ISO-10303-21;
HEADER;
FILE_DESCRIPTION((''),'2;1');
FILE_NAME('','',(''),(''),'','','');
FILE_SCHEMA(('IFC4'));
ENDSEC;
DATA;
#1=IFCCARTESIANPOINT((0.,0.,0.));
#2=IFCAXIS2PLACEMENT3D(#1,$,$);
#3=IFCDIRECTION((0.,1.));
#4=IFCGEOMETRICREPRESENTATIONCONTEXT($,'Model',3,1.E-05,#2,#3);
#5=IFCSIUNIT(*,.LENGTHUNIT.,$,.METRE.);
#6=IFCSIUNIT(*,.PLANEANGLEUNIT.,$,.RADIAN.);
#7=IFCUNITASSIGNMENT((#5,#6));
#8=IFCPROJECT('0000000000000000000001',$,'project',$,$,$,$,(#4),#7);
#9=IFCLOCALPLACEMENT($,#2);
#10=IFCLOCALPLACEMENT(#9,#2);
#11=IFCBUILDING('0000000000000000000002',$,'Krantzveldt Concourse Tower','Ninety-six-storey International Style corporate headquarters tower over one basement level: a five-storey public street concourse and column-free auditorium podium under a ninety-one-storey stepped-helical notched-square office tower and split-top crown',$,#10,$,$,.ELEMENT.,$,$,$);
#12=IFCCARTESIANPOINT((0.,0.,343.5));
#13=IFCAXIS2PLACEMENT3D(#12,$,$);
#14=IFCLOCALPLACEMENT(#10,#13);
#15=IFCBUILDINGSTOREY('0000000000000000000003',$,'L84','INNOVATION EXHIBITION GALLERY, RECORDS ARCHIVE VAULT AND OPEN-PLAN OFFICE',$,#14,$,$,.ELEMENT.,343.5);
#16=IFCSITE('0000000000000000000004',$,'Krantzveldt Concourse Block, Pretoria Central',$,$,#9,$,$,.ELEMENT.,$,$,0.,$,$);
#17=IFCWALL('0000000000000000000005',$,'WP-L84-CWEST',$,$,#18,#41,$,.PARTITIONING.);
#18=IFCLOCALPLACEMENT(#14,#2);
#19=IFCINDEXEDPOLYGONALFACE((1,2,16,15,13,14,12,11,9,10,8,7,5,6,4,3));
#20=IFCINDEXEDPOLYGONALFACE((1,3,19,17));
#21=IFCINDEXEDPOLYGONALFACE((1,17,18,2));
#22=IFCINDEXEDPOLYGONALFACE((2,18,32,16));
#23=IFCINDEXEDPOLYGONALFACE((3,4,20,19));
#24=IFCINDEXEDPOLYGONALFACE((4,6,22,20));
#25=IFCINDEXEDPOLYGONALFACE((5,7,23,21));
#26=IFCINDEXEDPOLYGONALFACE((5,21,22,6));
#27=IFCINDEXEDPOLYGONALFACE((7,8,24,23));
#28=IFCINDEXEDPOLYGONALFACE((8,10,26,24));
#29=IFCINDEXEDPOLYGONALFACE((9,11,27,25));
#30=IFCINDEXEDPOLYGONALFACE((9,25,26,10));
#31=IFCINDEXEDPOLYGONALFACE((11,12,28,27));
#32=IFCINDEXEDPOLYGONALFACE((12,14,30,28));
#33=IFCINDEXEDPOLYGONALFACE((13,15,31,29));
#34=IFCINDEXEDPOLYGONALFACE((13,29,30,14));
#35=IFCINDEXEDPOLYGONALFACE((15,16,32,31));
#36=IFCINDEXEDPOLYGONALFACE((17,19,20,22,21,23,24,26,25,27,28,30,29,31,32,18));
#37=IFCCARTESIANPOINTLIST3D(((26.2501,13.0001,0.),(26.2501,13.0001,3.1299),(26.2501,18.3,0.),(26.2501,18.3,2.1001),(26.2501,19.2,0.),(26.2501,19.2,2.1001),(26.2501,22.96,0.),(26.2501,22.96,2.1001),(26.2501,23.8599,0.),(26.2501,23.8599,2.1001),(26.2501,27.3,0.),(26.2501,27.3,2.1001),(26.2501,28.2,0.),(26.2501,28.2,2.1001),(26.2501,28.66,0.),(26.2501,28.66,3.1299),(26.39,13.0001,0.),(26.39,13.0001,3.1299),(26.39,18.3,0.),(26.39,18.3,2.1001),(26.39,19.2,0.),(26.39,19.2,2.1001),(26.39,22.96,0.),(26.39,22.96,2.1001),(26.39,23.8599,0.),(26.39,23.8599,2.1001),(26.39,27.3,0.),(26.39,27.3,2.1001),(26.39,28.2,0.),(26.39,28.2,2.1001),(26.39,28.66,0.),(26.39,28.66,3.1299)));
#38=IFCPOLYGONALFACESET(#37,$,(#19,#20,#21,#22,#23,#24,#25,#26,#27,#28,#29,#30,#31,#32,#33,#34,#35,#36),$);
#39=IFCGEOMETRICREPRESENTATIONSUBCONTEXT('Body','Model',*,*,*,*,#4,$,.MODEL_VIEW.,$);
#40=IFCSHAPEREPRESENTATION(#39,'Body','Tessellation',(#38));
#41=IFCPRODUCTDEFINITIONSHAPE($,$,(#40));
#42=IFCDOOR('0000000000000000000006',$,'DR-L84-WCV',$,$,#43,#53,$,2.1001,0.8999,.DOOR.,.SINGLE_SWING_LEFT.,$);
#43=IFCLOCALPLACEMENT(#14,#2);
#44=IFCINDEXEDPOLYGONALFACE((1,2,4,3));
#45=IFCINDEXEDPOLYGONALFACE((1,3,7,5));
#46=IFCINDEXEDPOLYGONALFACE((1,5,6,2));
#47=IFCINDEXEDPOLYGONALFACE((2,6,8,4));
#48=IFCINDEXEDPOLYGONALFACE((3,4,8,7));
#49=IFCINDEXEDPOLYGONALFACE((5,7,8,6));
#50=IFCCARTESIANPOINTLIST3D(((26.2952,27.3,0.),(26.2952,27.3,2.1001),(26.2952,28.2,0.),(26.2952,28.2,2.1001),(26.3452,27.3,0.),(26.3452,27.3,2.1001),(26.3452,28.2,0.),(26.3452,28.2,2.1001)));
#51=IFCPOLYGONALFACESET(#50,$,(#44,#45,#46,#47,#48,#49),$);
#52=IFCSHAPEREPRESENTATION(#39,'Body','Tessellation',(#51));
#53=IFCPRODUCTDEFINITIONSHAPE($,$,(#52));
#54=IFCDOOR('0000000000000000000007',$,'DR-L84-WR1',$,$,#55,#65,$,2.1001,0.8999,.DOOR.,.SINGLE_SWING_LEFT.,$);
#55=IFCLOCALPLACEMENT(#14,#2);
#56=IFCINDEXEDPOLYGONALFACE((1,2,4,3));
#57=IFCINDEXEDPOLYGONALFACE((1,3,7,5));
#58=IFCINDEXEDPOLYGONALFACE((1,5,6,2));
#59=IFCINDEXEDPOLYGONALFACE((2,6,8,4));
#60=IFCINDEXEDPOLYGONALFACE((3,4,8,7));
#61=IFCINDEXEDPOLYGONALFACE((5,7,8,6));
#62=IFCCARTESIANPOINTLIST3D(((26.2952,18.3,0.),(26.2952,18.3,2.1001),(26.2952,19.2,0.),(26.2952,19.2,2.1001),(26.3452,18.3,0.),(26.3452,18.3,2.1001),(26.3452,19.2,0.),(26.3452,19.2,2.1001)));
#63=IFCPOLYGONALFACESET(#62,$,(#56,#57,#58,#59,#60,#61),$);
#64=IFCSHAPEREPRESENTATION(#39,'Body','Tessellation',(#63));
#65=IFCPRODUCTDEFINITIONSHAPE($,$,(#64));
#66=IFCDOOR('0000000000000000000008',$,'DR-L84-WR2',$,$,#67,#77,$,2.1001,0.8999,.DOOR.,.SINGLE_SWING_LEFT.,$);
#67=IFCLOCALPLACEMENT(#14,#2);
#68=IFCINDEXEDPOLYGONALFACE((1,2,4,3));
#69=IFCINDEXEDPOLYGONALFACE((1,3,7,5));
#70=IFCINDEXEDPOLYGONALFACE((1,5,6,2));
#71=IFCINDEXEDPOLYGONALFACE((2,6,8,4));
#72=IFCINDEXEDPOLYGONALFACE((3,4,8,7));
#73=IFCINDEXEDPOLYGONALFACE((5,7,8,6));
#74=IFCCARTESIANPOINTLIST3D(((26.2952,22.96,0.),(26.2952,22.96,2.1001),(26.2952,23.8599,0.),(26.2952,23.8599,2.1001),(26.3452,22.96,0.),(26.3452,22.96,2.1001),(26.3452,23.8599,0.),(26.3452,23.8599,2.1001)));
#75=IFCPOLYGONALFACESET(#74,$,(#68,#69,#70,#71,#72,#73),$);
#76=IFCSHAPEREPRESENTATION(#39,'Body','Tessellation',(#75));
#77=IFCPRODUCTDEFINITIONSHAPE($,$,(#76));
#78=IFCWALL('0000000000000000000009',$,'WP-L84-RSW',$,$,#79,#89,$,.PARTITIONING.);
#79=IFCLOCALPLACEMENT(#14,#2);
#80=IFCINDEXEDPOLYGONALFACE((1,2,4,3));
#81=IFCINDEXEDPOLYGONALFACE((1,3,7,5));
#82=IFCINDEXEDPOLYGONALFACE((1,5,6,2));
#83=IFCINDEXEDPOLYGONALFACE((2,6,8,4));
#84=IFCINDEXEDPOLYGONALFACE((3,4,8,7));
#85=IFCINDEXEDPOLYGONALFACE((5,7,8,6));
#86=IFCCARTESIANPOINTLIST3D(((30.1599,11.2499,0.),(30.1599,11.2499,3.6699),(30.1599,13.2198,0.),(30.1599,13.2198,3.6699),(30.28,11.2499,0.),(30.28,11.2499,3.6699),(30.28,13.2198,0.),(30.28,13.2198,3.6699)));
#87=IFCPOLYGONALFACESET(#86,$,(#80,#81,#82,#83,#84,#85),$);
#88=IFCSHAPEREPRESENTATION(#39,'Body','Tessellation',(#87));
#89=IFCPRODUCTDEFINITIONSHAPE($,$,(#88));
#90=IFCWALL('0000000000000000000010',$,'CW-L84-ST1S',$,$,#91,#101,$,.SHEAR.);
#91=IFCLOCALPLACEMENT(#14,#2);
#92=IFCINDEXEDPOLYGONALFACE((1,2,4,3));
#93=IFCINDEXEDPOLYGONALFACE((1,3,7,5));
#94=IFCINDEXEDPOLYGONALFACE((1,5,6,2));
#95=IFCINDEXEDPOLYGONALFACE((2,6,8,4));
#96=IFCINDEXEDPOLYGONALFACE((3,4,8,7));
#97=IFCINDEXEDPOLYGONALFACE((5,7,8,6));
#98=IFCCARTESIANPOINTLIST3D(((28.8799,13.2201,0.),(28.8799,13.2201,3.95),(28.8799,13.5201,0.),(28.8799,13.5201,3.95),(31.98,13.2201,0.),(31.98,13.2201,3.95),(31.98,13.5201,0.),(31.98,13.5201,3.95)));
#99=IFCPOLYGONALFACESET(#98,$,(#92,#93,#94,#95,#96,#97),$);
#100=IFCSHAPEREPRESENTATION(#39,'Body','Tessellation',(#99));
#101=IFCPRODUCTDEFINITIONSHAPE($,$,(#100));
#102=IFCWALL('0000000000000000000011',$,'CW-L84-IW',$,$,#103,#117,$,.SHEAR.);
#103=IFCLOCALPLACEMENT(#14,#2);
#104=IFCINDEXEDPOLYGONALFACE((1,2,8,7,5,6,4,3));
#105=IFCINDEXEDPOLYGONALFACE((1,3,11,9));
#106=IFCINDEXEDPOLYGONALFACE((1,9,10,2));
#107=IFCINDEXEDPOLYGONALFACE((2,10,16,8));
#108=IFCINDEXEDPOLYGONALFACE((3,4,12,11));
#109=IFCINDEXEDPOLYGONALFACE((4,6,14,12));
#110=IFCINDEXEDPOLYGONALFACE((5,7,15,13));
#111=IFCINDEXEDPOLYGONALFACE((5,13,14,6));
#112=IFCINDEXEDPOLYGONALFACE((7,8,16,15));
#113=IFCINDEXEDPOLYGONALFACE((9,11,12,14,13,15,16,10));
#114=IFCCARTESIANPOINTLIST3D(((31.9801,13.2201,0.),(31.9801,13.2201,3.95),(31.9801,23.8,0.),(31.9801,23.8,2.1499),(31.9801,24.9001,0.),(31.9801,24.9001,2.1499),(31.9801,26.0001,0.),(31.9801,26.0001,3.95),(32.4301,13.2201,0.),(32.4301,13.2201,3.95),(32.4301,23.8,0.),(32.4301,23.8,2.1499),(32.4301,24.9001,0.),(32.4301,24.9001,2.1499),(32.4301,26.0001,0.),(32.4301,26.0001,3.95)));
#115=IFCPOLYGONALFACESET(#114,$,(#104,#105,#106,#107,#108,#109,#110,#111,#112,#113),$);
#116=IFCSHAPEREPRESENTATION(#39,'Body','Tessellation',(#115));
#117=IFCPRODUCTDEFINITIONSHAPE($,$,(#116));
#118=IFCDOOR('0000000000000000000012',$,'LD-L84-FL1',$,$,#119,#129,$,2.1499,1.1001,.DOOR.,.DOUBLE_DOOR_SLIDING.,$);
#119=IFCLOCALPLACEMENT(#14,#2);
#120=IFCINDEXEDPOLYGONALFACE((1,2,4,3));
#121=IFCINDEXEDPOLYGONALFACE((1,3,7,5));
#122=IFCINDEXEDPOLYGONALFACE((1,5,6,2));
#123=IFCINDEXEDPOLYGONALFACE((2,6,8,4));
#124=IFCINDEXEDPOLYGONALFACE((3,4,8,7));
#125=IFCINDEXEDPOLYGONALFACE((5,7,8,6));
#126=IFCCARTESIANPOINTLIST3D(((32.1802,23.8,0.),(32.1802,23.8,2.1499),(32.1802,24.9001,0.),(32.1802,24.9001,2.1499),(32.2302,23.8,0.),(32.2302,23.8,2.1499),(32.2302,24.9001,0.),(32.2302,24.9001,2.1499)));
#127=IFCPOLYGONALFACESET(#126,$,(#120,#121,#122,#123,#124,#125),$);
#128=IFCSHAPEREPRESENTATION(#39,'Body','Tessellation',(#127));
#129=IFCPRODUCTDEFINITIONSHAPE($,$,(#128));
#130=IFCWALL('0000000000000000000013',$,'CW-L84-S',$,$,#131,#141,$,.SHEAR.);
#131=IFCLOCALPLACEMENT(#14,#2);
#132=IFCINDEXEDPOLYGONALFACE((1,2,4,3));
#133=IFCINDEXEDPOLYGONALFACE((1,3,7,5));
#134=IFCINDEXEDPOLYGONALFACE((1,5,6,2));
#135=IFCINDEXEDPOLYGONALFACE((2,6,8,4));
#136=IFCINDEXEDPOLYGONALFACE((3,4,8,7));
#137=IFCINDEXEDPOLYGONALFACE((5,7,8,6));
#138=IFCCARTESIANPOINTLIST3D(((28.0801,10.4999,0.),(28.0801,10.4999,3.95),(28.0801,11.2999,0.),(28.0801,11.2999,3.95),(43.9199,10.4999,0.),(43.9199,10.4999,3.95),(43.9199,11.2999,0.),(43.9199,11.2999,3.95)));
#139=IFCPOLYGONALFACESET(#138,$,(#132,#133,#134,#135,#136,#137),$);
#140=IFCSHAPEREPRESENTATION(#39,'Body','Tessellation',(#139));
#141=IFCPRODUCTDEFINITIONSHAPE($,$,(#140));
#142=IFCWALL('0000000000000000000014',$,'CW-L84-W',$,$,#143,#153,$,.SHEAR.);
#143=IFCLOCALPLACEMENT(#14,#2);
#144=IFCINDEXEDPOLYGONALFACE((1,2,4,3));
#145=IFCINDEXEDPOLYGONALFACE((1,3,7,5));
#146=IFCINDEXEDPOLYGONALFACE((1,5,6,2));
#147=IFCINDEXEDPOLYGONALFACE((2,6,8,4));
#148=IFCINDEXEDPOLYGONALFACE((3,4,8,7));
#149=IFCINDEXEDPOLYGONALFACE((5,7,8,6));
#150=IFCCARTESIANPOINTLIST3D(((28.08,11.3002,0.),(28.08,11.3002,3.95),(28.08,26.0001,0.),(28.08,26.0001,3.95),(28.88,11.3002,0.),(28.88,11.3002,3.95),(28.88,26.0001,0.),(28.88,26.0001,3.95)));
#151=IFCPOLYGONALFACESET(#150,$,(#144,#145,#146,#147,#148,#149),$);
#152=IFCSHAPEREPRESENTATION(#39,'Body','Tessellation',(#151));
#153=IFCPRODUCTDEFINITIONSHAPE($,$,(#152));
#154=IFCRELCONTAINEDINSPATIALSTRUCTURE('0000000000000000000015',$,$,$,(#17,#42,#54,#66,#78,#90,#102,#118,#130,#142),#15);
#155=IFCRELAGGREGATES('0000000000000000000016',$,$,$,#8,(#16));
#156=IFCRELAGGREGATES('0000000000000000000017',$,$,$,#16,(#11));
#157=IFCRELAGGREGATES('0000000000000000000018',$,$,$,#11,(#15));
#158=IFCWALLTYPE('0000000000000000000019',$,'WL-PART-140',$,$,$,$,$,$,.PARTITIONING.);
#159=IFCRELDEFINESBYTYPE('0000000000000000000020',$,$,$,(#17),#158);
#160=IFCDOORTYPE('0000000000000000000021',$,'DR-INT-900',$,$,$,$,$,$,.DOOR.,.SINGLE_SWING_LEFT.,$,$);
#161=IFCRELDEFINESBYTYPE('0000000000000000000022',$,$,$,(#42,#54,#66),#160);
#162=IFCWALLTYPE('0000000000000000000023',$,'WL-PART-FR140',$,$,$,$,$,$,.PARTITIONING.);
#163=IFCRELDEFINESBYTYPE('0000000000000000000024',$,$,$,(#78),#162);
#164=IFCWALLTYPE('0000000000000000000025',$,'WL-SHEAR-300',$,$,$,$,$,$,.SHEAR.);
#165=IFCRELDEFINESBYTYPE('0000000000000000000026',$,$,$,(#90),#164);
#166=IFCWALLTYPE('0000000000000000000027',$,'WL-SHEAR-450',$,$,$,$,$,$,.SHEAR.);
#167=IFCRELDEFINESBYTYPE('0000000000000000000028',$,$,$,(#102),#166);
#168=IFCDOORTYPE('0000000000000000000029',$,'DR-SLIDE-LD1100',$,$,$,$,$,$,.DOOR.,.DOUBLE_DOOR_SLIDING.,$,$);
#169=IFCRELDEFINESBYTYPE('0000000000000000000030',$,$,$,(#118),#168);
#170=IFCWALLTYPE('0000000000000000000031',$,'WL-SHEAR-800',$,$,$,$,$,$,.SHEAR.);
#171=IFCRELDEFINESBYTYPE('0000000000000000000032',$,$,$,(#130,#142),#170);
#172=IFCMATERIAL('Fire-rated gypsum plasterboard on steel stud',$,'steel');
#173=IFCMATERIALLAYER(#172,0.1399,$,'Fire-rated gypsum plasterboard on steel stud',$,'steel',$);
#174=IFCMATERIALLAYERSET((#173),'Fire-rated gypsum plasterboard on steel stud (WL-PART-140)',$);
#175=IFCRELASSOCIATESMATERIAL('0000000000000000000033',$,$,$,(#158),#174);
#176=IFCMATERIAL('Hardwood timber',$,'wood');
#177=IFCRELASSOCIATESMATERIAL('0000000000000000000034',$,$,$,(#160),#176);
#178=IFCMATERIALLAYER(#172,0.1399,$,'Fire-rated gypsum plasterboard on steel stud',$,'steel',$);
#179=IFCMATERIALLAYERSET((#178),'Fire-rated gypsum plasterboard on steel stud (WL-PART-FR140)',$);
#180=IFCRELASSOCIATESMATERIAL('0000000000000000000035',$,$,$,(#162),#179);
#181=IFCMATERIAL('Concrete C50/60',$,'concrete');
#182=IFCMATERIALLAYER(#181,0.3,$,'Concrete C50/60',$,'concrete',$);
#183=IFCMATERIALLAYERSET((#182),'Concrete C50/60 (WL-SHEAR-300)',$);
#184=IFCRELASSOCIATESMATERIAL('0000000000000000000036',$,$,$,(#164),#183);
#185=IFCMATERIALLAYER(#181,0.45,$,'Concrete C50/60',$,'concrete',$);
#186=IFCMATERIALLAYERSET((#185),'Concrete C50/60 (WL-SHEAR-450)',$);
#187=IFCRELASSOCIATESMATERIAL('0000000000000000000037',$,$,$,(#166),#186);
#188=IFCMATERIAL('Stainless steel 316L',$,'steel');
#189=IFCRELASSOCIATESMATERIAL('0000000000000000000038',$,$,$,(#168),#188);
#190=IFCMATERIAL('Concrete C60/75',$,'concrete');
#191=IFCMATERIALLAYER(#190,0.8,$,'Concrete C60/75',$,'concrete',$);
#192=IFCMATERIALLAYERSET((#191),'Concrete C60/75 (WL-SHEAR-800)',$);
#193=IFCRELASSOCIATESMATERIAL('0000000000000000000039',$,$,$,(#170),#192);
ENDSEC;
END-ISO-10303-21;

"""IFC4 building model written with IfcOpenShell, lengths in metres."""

from ifc_helpers import new_model, si_unit, direction, frame, frame_2d, origin, place, context, subcontext, project, spatial, rectangle, extrude, material, layer, layer_set, type_object, element, fill, save


model = new_model("IFC4")

# Units and contexts
model_context = context("Model", 3, precision=1e-05, world=origin(), true_north=direction((0.0, 1.0)))
body_context = subcontext(model_context, "Body", "Model", "MODEL_VIEW")
ifc_project = project(units=[si_unit("LENGTHUNIT", "METRE"), si_unit("PLANEANGLEUNIT", "RADIAN")], contexts=[model_context])

# Site, building, storey
site_placement = place(None, origin())
site = spatial("IfcSite", under=ifc_project, at=site_placement, Name="Krantzveldt Concourse Block, Pretoria Central", CompositionType="ELEMENT", RefElevation=0.0)
building_placement = place(site_placement, origin())
building = spatial("IfcBuilding", under=site, at=building_placement, Name="Krantzveldt Concourse Tower", Description="Ninety-six-storey International Style corporate headquarters tower over one basement level: a five-storey public street concourse and column-free auditorium podium under a ninety-one-storey stepped-helical notched-square office tower and split-top crown", CompositionType="ELEMENT")
storey_placement = place(building_placement, frame((0.0, 0.0, 343.5)))
storey = spatial("IfcBuildingStorey", under=building, at=storey_placement, Name="L84", Description="INNOVATION EXHIBITION GALLERY, RECORDS ARCHIVE VAULT AND OPEN-PLAN OFFICE", CompositionType="ELEMENT", Elevation=343.5)

# Shared definitions
ifc_material_1 = material(Name="Fire-rated gypsum plasterboard on steel stud", Category="steel")
ifc_material_2 = material(Name="Hardwood timber", Category="wood")

# Wall, openings, doors
ifc_layer_1 = layer(ifc_material_1, 0.1399, Name="Fire-rated gypsum plasterboard on steel stud", Category="steel")
ifc_layer_set_1 = layer_set([ifc_layer_1], Name="Fire-rated gypsum plasterboard on steel stud (WL-PART-140)")
wall_type_1 = type_object("IfcWallType", Name="WL-PART-140", PredefinedType="PARTITIONING", material=ifc_layer_set_1)
wall_1_placement = place(storey_placement, frame((26.3201, 13.0, 0.0), z_axis=(0.0, 0.0, 1.0), x_axis=(0.0, 1.0, 0.0)))
wall_1 = element("IfcWall", 1, at=wall_1_placement, inside=storey, type_object=wall_type_1, Name="WP-L84-CWEST", PredefinedType="PARTITIONING", context=body_context, shape_type="SweptSolid", body=[
    extrude(rectangle(XDim=15.6599, YDim=0.1399, at=frame_2d((7.8301, 0.0))), origin(), (0.0, 0.0, 1.0), 3.1299),
])
opening_1_placement = place(wall_1_placement, frame((14.3, 0.0, 0.0)))
opening_1 = element("IfcOpeningElement", 2, at=opening_1_placement, cuts=wall_1, PredefinedType="OPENING", context=body_context, shape_type="SweptSolid", body=[
    extrude(rectangle(XDim=0.8999, YDim=2.1001, at=frame_2d((0.45, 1.05))), frame((0.0, 0.0801, 0.0), z_axis=(0.0, -1.0, 0.0), x_axis=(1.0, 0.0, 0.0)), (0.0, 0.0, 1.0), 0.1599),
])
opening_2_placement = place(wall_1_placement, frame((5.3, 0.0, 0.0)))
opening_2 = element("IfcOpeningElement", 3, at=opening_2_placement, cuts=wall_1, PredefinedType="OPENING", context=body_context, shape_type="SweptSolid", body=[
    extrude(rectangle(XDim=0.8999, YDim=2.1001, at=frame_2d((0.45, 1.05))), frame((0.0, 0.0801, 0.0), z_axis=(0.0, -1.0, 0.0), x_axis=(1.0, 0.0, 0.0)), (0.0, 0.0, 1.0), 0.1599),
])
opening_3_placement = place(wall_1_placement, frame((9.96, 0.0, 0.0)))
opening_3 = element("IfcOpeningElement", 4, at=opening_3_placement, cuts=wall_1, PredefinedType="OPENING", context=body_context, shape_type="SweptSolid", body=[
    extrude(rectangle(XDim=0.8999, YDim=2.1001, at=frame_2d((0.45, 1.05))), frame((0.0, 0.0801, 0.0), z_axis=(0.0, -1.0, 0.0), x_axis=(1.0, 0.0, 0.0)), (0.0, 0.0, 1.0), 0.1599),
])
door_type_1 = type_object("IfcDoorType", Name="DR-INT-900", OperationType="SINGLE_SWING_LEFT", PredefinedType="DOOR", material=ifc_material_2)
door_1_placement = place(opening_1_placement, origin())
door_1 = element("IfcDoor", 5, at=door_1_placement, inside=storey, type_object=door_type_1, Name="DR-L84-WCV", OperationType="SINGLE_SWING_LEFT", OverallHeight=2.1001, OverallWidth=0.8999, PredefinedType="DOOR", context=body_context, shape_type="SweptSolid", body=[
    extrude(rectangle(XDim=0.8999, YDim=2.1001, at=frame_2d((0.45, 1.05))), frame((0.0, 0.0249, 0.0), z_axis=(0.0, -1.0, 0.0), x_axis=(1.0, 0.0, 0.0)), (0.0, 0.0, 1.0), 0.05),
])
fill(opening_1, door_1)
door_2_placement = place(opening_2_placement, origin())
door_2 = element("IfcDoor", 6, at=door_2_placement, inside=storey, type_object=door_type_1, Name="DR-L84-WR1", OperationType="SINGLE_SWING_LEFT", OverallHeight=2.1001, OverallWidth=0.8999, PredefinedType="DOOR", context=body_context, shape_type="SweptSolid", body=[
    extrude(rectangle(XDim=0.8999, YDim=2.1001, at=frame_2d((0.45, 1.05))), frame((0.0, 0.0249, 0.0), z_axis=(0.0, -1.0, 0.0), x_axis=(1.0, 0.0, 0.0)), (0.0, 0.0, 1.0), 0.05),
])
fill(opening_2, door_2)
door_3_placement = place(opening_3_placement, origin())
door_3 = element("IfcDoor", 7, at=door_3_placement, inside=storey, type_object=door_type_1, Name="DR-L84-WR2", OperationType="SINGLE_SWING_LEFT", OverallHeight=2.1001, OverallWidth=0.8999, PredefinedType="DOOR", context=body_context, shape_type="SweptSolid", body=[
    extrude(rectangle(XDim=0.8999, YDim=2.1001, at=frame_2d((0.45, 1.05))), frame((0.0, 0.0249, 0.0), z_axis=(0.0, -1.0, 0.0), x_axis=(1.0, 0.0, 0.0)), (0.0, 0.0, 1.0), 0.05),
])
fill(opening_3, door_3)

# Walls
ifc_layer_2 = layer(ifc_material_1, 0.1399, Name="Fire-rated gypsum plasterboard on steel stud", Category="steel")
ifc_layer_set_2 = layer_set([ifc_layer_2], Name="Fire-rated gypsum plasterboard on steel stud (WL-PART-FR140)")
wall_type_2 = type_object("IfcWallType", Name="WL-PART-FR140", PredefinedType="PARTITIONING", material=ifc_layer_set_2)
wall_2_placement = place(storey_placement, frame((30.22, 11.25, 0.0), z_axis=(0.0, 0.0, 1.0), x_axis=(0.0, 1.0, 0.0)))
element("IfcWall", 8, at=wall_2_placement, inside=storey, type_object=wall_type_2, Name="WP-L84-RSW", PredefinedType="PARTITIONING", context=body_context, shape_type="SweptSolid", body=[
    extrude(rectangle(XDim=1.97, YDim=0.1201, at=frame_2d((0.9849, 0.0))), origin(), (0.0, 0.0, 1.0), 3.6699),
])
ifc_material_3 = material(Name="Concrete C50/60", Category="concrete")
ifc_layer_3 = layer(ifc_material_3, 0.3, Name="Concrete C50/60", Category="concrete")
ifc_layer_set_3 = layer_set([ifc_layer_3], Name="Concrete C50/60 (WL-SHEAR-300)")
wall_type_3 = type_object("IfcWallType", Name="WL-SHEAR-300", PredefinedType="SHEAR", material=ifc_layer_set_3)
wall_3_placement = place(storey_placement, frame((28.8799, 13.3701, 0.0), z_axis=(0.0, 0.0, 1.0), x_axis=(1.0, 0.0, 0.0)))
element("IfcWall", 9, at=wall_3_placement, inside=storey, type_object=wall_type_3, Name="CW-L84-ST1S", PredefinedType="SHEAR", context=body_context, shape_type="SweptSolid", body=[
    extrude(rectangle(XDim=3.1001, YDim=0.3, at=frame_2d((1.55, 0.0))), origin(), (0.0, 0.0, 1.0), 3.95),
])

# Wall, opening, door
ifc_layer_4 = layer(ifc_material_3, 0.45, Name="Concrete C50/60", Category="concrete")
ifc_layer_set_4 = layer_set([ifc_layer_4], Name="Concrete C50/60 (WL-SHEAR-450)")
wall_type_4 = type_object("IfcWallType", Name="WL-SHEAR-450", PredefinedType="SHEAR", material=ifc_layer_set_4)
wall_4_placement = place(storey_placement, frame((32.2051, 13.22, 0.0), z_axis=(0.0, 0.0, 1.0), x_axis=(0.0, 1.0, 0.0)))
wall_4 = element("IfcWall", 10, at=wall_4_placement, inside=storey, type_object=wall_type_4, Name="CW-L84-IW", PredefinedType="SHEAR", context=body_context, shape_type="SweptSolid", body=[
    extrude(rectangle(XDim=12.78, YDim=0.45, at=frame_2d((6.3901, 0.0))), origin(), (0.0, 0.0, 1.0), 3.95),
])
opening_4_placement = place(wall_4_placement, frame((10.5801, 0.0, 0.0)))
opening_4 = element("IfcOpeningElement", 11, at=opening_4_placement, cuts=wall_4, PredefinedType="OPENING", context=body_context, shape_type="SweptSolid", body=[
    extrude(rectangle(XDim=1.1001, YDim=2.1499, at=frame_2d((0.55, 1.075))), frame((0.0, 0.2349, 0.0), z_axis=(0.0, -1.0, 0.0), x_axis=(1.0, 0.0, 0.0)), (0.0, 0.0, 1.0), 0.47),
])
ifc_material_4 = material(Name="Stainless steel 316L", Category="steel")
door_type_2 = type_object("IfcDoorType", Name="DR-SLIDE-LD1100", OperationType="DOUBLE_DOOR_SLIDING", PredefinedType="DOOR", material=ifc_material_4)
door_4_placement = place(opening_4_placement, origin())
door_4 = element("IfcDoor", 12, at=door_4_placement, inside=storey, type_object=door_type_2, Name="LD-L84-FL1", OperationType="DOUBLE_DOOR_SLIDING", OverallHeight=2.1499, OverallWidth=1.1001, PredefinedType="DOOR", context=body_context, shape_type="SweptSolid", body=[
    extrude(rectangle(XDim=1.1001, YDim=2.1499, at=frame_2d((0.55, 1.075))), frame((0.0, 0.0249, 0.0), z_axis=(0.0, -1.0, 0.0), x_axis=(1.0, 0.0, 0.0)), (0.0, 0.0, 1.0), 0.05),
])
fill(opening_4, door_4)

# Walls
ifc_material_5 = material(Name="Concrete C60/75", Category="concrete")
ifc_layer_5 = layer(ifc_material_5, 0.8, Name="Concrete C60/75", Category="concrete")
ifc_layer_set_5 = layer_set([ifc_layer_5], Name="Concrete C60/75 (WL-SHEAR-800)")
wall_type_5 = type_object("IfcWallType", Name="WL-SHEAR-800", PredefinedType="SHEAR", material=ifc_layer_set_5)
wall_5_placement = place(storey_placement, frame((28.0801, 10.8999, 0.0), z_axis=(0.0, 0.0, 1.0), x_axis=(1.0, 0.0, 0.0)))
element("IfcWall", 13, at=wall_5_placement, inside=storey, type_object=wall_type_5, Name="CW-L84-S", PredefinedType="SHEAR", context=body_context, shape_type="SweptSolid", body=[
    extrude(rectangle(XDim=15.8398, YDim=0.8, at=frame_2d((7.9199, 0.0))), origin(), (0.0, 0.0, 1.0), 3.95),
])
wall_6_placement = place(storey_placement, frame((28.48, 11.3, 0.0), z_axis=(0.0, 0.0, 1.0), x_axis=(0.0, 1.0, 0.0)))
element("IfcWall", 14, at=wall_6_placement, inside=storey, type_object=wall_type_5, Name="CW-L84-W", PredefinedType="SHEAR", context=body_context, shape_type="SweptSolid", body=[
    extrude(rectangle(XDim=14.7, YDim=0.8, at=frame_2d((7.3501, 0.0))), origin(), (0.0, 0.0, 1.0), 3.95),
])

save(model, "model.ifc")
